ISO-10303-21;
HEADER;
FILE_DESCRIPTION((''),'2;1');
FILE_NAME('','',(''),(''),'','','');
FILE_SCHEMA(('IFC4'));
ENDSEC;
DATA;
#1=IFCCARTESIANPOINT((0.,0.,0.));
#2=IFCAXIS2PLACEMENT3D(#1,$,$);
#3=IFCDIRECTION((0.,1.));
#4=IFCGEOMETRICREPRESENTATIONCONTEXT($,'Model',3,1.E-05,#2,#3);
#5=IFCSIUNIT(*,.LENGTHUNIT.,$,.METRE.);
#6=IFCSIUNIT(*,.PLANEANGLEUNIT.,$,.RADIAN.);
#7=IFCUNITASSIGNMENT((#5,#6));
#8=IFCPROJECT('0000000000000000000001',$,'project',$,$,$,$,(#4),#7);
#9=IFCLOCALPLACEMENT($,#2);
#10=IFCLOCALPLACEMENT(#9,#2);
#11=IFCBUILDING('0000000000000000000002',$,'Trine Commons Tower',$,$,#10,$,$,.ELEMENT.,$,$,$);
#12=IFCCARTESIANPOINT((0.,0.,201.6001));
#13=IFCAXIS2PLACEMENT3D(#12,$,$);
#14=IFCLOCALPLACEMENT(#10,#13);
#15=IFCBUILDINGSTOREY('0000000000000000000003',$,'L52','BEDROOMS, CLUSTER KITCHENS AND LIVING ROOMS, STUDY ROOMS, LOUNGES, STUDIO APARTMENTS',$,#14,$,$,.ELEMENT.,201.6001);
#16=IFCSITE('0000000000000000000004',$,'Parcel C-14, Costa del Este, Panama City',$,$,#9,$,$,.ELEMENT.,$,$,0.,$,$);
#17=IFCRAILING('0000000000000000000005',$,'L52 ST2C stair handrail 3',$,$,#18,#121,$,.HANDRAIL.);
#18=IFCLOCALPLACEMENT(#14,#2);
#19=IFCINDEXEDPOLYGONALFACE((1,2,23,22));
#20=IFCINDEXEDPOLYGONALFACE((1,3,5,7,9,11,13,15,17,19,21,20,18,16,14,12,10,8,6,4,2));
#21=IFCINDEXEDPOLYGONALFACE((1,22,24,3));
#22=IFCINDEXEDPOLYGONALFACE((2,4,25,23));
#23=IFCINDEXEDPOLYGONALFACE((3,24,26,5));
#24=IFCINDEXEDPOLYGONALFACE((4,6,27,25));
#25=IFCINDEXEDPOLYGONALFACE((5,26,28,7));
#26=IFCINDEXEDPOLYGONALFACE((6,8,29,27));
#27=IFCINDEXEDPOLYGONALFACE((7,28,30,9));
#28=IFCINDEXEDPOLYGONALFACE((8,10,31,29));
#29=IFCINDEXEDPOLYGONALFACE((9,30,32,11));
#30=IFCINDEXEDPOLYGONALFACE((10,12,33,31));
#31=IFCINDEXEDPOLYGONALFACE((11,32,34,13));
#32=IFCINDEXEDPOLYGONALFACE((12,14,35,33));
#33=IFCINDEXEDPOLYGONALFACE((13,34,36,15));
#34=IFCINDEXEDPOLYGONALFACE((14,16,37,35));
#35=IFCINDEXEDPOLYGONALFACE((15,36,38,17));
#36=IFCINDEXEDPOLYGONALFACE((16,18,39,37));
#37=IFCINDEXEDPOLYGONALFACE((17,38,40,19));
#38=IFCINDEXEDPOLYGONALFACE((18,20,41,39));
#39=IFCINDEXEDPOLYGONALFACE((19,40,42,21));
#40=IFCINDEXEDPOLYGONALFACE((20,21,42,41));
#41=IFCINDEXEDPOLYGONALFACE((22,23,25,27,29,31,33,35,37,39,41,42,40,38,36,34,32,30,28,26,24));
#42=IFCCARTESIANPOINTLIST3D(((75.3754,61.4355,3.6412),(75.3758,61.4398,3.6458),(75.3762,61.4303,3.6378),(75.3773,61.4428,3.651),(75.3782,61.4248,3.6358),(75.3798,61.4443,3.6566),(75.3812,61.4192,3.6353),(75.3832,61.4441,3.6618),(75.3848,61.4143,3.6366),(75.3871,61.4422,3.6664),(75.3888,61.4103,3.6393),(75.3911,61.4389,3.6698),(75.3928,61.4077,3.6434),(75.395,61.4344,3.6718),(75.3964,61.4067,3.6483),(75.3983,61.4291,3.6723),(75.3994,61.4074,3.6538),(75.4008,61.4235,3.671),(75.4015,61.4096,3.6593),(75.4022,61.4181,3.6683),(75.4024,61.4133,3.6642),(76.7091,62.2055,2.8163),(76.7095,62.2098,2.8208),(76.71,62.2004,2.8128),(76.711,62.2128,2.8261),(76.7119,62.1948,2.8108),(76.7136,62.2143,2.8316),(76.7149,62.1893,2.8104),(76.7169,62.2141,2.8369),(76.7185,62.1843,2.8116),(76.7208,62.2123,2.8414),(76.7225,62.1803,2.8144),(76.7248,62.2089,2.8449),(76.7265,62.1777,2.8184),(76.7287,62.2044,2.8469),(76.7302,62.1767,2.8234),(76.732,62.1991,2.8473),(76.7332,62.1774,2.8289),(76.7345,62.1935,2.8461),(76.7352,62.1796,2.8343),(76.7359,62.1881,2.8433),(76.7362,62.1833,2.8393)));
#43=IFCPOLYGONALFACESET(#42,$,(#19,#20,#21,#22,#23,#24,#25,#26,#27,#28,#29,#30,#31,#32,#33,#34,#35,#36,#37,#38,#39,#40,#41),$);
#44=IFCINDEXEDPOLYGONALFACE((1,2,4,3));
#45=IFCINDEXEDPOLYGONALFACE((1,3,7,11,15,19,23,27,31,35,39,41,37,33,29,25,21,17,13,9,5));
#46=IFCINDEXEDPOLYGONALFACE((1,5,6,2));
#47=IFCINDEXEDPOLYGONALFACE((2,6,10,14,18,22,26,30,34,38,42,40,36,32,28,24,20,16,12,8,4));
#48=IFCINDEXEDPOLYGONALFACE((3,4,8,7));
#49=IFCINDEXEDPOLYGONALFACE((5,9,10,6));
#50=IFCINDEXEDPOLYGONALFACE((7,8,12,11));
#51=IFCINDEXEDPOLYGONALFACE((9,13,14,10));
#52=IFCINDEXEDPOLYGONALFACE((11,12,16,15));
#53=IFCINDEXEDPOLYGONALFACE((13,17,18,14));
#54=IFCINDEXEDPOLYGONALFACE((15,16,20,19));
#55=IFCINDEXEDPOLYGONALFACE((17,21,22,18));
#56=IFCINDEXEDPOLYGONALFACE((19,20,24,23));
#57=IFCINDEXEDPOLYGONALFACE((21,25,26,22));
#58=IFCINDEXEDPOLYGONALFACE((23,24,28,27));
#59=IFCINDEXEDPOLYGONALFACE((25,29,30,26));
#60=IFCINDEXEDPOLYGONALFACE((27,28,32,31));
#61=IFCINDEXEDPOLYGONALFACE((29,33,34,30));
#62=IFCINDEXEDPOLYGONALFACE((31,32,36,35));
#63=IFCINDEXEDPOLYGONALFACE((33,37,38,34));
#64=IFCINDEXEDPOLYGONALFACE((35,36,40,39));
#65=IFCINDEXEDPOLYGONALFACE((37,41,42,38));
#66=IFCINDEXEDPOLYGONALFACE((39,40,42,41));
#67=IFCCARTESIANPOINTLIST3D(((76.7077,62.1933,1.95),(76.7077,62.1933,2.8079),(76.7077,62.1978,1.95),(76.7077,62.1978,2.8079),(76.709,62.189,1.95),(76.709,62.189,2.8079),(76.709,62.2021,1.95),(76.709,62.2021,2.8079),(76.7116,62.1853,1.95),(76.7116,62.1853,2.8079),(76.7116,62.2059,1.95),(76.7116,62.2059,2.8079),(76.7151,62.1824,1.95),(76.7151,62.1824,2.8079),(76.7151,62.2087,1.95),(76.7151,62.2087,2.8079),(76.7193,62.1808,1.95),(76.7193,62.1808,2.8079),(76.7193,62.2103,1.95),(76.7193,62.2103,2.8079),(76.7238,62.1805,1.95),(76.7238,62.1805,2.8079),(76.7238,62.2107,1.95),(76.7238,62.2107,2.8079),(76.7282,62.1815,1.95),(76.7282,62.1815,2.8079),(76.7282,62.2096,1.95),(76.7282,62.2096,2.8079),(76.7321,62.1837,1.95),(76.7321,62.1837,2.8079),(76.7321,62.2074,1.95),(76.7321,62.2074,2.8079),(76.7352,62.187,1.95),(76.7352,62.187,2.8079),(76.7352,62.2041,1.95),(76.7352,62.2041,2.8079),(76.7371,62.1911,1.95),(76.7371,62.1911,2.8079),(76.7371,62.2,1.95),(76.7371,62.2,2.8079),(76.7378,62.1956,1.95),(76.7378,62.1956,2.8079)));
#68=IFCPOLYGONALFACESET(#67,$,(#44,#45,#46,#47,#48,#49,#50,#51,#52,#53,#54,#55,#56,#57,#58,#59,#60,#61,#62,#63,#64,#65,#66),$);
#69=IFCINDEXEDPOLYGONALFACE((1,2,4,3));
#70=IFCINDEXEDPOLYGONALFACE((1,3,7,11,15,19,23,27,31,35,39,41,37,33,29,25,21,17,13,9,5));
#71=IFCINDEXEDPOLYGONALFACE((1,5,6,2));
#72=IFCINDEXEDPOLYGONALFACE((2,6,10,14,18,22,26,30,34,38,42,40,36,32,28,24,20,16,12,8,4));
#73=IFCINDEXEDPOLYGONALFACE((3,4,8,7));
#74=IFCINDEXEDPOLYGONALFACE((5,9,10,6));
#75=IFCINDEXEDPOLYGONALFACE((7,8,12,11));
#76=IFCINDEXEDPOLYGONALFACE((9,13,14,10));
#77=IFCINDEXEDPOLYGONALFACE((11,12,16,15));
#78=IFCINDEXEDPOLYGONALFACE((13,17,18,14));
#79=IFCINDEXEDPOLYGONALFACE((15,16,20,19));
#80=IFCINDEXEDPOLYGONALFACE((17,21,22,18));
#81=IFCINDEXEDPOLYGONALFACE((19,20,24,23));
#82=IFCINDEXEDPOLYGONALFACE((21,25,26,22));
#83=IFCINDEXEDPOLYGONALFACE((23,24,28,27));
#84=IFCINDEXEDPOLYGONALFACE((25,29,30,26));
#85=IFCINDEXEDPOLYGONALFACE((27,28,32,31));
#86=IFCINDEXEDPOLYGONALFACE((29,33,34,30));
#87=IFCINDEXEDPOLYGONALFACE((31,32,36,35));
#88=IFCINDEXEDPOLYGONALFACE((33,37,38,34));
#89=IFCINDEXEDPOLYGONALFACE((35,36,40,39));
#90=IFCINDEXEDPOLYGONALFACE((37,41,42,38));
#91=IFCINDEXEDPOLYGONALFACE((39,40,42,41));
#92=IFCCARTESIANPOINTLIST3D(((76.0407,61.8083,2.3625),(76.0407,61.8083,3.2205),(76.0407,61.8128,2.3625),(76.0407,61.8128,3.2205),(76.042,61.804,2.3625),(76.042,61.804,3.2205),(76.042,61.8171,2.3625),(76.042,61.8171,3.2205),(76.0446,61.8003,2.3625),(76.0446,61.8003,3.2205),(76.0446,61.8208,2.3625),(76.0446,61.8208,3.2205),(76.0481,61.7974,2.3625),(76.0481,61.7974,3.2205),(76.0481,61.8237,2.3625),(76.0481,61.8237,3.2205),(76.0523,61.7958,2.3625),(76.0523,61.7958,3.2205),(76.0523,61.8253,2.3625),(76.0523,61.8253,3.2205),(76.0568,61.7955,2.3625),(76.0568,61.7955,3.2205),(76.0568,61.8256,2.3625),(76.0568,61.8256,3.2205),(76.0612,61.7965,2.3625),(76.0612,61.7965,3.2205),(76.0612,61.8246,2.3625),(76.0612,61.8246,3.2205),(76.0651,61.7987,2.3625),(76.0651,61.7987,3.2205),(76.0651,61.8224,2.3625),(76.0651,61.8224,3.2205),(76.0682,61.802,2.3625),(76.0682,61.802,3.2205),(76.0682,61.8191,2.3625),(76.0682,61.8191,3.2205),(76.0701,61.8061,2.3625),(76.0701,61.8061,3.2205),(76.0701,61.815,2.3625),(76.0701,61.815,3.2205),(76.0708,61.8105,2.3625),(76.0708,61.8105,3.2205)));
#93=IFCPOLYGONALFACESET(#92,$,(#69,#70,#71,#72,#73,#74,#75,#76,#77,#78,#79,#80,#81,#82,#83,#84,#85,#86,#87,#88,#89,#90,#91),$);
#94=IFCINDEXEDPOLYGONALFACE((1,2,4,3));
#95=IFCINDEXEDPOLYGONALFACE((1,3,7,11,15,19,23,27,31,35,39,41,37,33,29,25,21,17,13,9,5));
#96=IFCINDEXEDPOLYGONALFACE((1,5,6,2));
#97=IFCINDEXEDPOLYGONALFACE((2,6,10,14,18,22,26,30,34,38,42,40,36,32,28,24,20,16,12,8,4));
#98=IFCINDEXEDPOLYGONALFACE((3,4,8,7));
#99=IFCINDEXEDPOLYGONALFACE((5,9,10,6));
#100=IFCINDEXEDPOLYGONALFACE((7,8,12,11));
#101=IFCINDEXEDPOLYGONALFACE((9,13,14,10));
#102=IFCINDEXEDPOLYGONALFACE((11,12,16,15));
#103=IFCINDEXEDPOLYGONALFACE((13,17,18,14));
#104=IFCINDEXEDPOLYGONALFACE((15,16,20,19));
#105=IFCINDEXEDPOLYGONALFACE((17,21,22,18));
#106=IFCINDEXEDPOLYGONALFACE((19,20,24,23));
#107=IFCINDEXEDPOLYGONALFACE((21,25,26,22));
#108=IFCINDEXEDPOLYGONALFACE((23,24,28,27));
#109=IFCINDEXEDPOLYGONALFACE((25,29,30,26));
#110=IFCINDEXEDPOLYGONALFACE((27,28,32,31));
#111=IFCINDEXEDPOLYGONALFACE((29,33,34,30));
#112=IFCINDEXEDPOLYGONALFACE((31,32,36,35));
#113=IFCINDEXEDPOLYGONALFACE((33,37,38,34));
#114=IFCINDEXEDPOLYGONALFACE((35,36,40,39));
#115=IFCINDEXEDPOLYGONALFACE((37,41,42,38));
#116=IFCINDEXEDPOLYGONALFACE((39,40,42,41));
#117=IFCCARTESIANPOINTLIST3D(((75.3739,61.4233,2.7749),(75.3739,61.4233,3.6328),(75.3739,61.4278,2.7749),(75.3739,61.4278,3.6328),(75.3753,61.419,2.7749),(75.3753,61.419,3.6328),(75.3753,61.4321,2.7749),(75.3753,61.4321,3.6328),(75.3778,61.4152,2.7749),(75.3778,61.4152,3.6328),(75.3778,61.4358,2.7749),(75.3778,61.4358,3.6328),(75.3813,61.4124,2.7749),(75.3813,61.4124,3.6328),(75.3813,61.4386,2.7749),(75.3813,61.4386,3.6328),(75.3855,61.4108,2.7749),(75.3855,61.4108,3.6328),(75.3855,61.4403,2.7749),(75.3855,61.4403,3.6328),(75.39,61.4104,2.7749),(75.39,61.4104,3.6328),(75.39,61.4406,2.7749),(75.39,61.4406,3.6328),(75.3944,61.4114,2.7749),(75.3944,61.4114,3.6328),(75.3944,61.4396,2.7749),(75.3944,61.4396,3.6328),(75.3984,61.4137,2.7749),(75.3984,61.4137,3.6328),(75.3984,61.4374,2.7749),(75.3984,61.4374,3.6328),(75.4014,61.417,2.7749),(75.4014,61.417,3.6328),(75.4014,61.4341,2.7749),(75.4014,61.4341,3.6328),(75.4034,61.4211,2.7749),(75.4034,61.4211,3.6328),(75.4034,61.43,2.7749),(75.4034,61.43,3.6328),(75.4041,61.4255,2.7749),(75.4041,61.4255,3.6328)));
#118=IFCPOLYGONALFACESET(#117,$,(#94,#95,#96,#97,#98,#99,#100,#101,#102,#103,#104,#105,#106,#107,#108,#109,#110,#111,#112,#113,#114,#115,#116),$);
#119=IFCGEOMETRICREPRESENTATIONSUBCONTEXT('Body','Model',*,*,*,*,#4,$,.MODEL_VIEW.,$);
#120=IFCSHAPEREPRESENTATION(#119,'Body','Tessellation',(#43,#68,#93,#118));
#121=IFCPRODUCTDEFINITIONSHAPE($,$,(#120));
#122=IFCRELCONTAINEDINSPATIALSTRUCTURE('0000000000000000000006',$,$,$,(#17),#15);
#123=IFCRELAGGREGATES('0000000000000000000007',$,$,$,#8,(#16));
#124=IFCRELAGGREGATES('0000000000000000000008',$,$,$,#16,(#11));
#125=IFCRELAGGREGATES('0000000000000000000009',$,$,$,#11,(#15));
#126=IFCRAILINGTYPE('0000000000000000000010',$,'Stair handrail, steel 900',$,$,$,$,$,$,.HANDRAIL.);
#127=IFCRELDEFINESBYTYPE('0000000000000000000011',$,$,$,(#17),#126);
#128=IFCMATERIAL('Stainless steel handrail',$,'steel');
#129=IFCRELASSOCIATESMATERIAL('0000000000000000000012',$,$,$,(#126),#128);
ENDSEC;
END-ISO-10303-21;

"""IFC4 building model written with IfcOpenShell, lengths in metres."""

from ifc_helpers import new_model, si_unit, direction, frame, origin, origin_2d, place, context, subcontext, project, spatial, circle, extrude, material, type_object, element, save


model = new_model("IFC4")

# Units and contexts
model_context = context("Model", 3, precision=1e-05, world=origin(), true_north=direction((0.0, 1.0)))
body_context = subcontext(model_context, "Body", "Model", "MODEL_VIEW")
ifc_project = project(units=[si_unit("LENGTHUNIT", "METRE"), si_unit("PLANEANGLEUNIT", "RADIAN")], contexts=[model_context])

# Site, building, storey
site_placement = place(None, origin())
site = spatial("IfcSite", under=ifc_project, at=site_placement, Name="Parcel C-14, Costa del Este, Panama City", CompositionType="ELEMENT", RefElevation=0.0)
building_placement = place(site_placement, origin())
building = spatial("IfcBuilding", under=site, at=building_placement, Name="Trine Commons Tower", CompositionType="ELEMENT")
storey_placement = place(building_placement, frame((0.0, 0.0, 201.6001)))
storey = spatial("IfcBuildingStorey", under=building, at=storey_placement, Name="L52", Description="BEDROOMS, CLUSTER KITCHENS AND LIVING ROOMS, STUDY ROOMS, LOUNGES, STUDIO APARTMENTS", CompositionType="ELEMENT", Elevation=201.6001)

# Railing
ifc_material_1 = material(Name="Stainless steel handrail", Category="steel")
railing_type_1 = type_object("IfcRailingType", Name="Stair handrail, steel 900", PredefinedType="HANDRAIL", material=ifc_material_1)
for number, where, name in (
    (1, (76.7227, 62.1956, 1.95), "L52 ST2C stair handrail 3"),
):
    element("IfcRailing", number, at=place(storey_placement, frame(where)), inside=storey, type_object=railing_type_1, Name=name, PredefinedType="HANDRAIL", context=body_context, shape_type="SweptSolid", body=[
        extrude(circle(Radius=0.021, at=origin_2d()), frame((0.0, 0.0, 0.8789), z_axis=(-0.763405, -0.440743, 0.472185), x_axis=(0.499992, -0.86603, 0.0)), (0.0, 0.0, 1.0), 1.7471),
        extrude(circle(Radius=0.0151, at=origin_2d()), origin(), (0.0, 0.0, 1.0), 0.8579),
        extrude(circle(Radius=0.0151, at=origin_2d()), frame((-0.667, -0.385, 0.4126)), (0.0, 0.0, 1.0), 0.8579),
        extrude(circle(Radius=0.0151, at=origin_2d()), frame((-1.3337, -0.77, 0.825)), (0.0, 0.0, 1.0), 0.8579),
    ])

save(model, "model.ifc")
